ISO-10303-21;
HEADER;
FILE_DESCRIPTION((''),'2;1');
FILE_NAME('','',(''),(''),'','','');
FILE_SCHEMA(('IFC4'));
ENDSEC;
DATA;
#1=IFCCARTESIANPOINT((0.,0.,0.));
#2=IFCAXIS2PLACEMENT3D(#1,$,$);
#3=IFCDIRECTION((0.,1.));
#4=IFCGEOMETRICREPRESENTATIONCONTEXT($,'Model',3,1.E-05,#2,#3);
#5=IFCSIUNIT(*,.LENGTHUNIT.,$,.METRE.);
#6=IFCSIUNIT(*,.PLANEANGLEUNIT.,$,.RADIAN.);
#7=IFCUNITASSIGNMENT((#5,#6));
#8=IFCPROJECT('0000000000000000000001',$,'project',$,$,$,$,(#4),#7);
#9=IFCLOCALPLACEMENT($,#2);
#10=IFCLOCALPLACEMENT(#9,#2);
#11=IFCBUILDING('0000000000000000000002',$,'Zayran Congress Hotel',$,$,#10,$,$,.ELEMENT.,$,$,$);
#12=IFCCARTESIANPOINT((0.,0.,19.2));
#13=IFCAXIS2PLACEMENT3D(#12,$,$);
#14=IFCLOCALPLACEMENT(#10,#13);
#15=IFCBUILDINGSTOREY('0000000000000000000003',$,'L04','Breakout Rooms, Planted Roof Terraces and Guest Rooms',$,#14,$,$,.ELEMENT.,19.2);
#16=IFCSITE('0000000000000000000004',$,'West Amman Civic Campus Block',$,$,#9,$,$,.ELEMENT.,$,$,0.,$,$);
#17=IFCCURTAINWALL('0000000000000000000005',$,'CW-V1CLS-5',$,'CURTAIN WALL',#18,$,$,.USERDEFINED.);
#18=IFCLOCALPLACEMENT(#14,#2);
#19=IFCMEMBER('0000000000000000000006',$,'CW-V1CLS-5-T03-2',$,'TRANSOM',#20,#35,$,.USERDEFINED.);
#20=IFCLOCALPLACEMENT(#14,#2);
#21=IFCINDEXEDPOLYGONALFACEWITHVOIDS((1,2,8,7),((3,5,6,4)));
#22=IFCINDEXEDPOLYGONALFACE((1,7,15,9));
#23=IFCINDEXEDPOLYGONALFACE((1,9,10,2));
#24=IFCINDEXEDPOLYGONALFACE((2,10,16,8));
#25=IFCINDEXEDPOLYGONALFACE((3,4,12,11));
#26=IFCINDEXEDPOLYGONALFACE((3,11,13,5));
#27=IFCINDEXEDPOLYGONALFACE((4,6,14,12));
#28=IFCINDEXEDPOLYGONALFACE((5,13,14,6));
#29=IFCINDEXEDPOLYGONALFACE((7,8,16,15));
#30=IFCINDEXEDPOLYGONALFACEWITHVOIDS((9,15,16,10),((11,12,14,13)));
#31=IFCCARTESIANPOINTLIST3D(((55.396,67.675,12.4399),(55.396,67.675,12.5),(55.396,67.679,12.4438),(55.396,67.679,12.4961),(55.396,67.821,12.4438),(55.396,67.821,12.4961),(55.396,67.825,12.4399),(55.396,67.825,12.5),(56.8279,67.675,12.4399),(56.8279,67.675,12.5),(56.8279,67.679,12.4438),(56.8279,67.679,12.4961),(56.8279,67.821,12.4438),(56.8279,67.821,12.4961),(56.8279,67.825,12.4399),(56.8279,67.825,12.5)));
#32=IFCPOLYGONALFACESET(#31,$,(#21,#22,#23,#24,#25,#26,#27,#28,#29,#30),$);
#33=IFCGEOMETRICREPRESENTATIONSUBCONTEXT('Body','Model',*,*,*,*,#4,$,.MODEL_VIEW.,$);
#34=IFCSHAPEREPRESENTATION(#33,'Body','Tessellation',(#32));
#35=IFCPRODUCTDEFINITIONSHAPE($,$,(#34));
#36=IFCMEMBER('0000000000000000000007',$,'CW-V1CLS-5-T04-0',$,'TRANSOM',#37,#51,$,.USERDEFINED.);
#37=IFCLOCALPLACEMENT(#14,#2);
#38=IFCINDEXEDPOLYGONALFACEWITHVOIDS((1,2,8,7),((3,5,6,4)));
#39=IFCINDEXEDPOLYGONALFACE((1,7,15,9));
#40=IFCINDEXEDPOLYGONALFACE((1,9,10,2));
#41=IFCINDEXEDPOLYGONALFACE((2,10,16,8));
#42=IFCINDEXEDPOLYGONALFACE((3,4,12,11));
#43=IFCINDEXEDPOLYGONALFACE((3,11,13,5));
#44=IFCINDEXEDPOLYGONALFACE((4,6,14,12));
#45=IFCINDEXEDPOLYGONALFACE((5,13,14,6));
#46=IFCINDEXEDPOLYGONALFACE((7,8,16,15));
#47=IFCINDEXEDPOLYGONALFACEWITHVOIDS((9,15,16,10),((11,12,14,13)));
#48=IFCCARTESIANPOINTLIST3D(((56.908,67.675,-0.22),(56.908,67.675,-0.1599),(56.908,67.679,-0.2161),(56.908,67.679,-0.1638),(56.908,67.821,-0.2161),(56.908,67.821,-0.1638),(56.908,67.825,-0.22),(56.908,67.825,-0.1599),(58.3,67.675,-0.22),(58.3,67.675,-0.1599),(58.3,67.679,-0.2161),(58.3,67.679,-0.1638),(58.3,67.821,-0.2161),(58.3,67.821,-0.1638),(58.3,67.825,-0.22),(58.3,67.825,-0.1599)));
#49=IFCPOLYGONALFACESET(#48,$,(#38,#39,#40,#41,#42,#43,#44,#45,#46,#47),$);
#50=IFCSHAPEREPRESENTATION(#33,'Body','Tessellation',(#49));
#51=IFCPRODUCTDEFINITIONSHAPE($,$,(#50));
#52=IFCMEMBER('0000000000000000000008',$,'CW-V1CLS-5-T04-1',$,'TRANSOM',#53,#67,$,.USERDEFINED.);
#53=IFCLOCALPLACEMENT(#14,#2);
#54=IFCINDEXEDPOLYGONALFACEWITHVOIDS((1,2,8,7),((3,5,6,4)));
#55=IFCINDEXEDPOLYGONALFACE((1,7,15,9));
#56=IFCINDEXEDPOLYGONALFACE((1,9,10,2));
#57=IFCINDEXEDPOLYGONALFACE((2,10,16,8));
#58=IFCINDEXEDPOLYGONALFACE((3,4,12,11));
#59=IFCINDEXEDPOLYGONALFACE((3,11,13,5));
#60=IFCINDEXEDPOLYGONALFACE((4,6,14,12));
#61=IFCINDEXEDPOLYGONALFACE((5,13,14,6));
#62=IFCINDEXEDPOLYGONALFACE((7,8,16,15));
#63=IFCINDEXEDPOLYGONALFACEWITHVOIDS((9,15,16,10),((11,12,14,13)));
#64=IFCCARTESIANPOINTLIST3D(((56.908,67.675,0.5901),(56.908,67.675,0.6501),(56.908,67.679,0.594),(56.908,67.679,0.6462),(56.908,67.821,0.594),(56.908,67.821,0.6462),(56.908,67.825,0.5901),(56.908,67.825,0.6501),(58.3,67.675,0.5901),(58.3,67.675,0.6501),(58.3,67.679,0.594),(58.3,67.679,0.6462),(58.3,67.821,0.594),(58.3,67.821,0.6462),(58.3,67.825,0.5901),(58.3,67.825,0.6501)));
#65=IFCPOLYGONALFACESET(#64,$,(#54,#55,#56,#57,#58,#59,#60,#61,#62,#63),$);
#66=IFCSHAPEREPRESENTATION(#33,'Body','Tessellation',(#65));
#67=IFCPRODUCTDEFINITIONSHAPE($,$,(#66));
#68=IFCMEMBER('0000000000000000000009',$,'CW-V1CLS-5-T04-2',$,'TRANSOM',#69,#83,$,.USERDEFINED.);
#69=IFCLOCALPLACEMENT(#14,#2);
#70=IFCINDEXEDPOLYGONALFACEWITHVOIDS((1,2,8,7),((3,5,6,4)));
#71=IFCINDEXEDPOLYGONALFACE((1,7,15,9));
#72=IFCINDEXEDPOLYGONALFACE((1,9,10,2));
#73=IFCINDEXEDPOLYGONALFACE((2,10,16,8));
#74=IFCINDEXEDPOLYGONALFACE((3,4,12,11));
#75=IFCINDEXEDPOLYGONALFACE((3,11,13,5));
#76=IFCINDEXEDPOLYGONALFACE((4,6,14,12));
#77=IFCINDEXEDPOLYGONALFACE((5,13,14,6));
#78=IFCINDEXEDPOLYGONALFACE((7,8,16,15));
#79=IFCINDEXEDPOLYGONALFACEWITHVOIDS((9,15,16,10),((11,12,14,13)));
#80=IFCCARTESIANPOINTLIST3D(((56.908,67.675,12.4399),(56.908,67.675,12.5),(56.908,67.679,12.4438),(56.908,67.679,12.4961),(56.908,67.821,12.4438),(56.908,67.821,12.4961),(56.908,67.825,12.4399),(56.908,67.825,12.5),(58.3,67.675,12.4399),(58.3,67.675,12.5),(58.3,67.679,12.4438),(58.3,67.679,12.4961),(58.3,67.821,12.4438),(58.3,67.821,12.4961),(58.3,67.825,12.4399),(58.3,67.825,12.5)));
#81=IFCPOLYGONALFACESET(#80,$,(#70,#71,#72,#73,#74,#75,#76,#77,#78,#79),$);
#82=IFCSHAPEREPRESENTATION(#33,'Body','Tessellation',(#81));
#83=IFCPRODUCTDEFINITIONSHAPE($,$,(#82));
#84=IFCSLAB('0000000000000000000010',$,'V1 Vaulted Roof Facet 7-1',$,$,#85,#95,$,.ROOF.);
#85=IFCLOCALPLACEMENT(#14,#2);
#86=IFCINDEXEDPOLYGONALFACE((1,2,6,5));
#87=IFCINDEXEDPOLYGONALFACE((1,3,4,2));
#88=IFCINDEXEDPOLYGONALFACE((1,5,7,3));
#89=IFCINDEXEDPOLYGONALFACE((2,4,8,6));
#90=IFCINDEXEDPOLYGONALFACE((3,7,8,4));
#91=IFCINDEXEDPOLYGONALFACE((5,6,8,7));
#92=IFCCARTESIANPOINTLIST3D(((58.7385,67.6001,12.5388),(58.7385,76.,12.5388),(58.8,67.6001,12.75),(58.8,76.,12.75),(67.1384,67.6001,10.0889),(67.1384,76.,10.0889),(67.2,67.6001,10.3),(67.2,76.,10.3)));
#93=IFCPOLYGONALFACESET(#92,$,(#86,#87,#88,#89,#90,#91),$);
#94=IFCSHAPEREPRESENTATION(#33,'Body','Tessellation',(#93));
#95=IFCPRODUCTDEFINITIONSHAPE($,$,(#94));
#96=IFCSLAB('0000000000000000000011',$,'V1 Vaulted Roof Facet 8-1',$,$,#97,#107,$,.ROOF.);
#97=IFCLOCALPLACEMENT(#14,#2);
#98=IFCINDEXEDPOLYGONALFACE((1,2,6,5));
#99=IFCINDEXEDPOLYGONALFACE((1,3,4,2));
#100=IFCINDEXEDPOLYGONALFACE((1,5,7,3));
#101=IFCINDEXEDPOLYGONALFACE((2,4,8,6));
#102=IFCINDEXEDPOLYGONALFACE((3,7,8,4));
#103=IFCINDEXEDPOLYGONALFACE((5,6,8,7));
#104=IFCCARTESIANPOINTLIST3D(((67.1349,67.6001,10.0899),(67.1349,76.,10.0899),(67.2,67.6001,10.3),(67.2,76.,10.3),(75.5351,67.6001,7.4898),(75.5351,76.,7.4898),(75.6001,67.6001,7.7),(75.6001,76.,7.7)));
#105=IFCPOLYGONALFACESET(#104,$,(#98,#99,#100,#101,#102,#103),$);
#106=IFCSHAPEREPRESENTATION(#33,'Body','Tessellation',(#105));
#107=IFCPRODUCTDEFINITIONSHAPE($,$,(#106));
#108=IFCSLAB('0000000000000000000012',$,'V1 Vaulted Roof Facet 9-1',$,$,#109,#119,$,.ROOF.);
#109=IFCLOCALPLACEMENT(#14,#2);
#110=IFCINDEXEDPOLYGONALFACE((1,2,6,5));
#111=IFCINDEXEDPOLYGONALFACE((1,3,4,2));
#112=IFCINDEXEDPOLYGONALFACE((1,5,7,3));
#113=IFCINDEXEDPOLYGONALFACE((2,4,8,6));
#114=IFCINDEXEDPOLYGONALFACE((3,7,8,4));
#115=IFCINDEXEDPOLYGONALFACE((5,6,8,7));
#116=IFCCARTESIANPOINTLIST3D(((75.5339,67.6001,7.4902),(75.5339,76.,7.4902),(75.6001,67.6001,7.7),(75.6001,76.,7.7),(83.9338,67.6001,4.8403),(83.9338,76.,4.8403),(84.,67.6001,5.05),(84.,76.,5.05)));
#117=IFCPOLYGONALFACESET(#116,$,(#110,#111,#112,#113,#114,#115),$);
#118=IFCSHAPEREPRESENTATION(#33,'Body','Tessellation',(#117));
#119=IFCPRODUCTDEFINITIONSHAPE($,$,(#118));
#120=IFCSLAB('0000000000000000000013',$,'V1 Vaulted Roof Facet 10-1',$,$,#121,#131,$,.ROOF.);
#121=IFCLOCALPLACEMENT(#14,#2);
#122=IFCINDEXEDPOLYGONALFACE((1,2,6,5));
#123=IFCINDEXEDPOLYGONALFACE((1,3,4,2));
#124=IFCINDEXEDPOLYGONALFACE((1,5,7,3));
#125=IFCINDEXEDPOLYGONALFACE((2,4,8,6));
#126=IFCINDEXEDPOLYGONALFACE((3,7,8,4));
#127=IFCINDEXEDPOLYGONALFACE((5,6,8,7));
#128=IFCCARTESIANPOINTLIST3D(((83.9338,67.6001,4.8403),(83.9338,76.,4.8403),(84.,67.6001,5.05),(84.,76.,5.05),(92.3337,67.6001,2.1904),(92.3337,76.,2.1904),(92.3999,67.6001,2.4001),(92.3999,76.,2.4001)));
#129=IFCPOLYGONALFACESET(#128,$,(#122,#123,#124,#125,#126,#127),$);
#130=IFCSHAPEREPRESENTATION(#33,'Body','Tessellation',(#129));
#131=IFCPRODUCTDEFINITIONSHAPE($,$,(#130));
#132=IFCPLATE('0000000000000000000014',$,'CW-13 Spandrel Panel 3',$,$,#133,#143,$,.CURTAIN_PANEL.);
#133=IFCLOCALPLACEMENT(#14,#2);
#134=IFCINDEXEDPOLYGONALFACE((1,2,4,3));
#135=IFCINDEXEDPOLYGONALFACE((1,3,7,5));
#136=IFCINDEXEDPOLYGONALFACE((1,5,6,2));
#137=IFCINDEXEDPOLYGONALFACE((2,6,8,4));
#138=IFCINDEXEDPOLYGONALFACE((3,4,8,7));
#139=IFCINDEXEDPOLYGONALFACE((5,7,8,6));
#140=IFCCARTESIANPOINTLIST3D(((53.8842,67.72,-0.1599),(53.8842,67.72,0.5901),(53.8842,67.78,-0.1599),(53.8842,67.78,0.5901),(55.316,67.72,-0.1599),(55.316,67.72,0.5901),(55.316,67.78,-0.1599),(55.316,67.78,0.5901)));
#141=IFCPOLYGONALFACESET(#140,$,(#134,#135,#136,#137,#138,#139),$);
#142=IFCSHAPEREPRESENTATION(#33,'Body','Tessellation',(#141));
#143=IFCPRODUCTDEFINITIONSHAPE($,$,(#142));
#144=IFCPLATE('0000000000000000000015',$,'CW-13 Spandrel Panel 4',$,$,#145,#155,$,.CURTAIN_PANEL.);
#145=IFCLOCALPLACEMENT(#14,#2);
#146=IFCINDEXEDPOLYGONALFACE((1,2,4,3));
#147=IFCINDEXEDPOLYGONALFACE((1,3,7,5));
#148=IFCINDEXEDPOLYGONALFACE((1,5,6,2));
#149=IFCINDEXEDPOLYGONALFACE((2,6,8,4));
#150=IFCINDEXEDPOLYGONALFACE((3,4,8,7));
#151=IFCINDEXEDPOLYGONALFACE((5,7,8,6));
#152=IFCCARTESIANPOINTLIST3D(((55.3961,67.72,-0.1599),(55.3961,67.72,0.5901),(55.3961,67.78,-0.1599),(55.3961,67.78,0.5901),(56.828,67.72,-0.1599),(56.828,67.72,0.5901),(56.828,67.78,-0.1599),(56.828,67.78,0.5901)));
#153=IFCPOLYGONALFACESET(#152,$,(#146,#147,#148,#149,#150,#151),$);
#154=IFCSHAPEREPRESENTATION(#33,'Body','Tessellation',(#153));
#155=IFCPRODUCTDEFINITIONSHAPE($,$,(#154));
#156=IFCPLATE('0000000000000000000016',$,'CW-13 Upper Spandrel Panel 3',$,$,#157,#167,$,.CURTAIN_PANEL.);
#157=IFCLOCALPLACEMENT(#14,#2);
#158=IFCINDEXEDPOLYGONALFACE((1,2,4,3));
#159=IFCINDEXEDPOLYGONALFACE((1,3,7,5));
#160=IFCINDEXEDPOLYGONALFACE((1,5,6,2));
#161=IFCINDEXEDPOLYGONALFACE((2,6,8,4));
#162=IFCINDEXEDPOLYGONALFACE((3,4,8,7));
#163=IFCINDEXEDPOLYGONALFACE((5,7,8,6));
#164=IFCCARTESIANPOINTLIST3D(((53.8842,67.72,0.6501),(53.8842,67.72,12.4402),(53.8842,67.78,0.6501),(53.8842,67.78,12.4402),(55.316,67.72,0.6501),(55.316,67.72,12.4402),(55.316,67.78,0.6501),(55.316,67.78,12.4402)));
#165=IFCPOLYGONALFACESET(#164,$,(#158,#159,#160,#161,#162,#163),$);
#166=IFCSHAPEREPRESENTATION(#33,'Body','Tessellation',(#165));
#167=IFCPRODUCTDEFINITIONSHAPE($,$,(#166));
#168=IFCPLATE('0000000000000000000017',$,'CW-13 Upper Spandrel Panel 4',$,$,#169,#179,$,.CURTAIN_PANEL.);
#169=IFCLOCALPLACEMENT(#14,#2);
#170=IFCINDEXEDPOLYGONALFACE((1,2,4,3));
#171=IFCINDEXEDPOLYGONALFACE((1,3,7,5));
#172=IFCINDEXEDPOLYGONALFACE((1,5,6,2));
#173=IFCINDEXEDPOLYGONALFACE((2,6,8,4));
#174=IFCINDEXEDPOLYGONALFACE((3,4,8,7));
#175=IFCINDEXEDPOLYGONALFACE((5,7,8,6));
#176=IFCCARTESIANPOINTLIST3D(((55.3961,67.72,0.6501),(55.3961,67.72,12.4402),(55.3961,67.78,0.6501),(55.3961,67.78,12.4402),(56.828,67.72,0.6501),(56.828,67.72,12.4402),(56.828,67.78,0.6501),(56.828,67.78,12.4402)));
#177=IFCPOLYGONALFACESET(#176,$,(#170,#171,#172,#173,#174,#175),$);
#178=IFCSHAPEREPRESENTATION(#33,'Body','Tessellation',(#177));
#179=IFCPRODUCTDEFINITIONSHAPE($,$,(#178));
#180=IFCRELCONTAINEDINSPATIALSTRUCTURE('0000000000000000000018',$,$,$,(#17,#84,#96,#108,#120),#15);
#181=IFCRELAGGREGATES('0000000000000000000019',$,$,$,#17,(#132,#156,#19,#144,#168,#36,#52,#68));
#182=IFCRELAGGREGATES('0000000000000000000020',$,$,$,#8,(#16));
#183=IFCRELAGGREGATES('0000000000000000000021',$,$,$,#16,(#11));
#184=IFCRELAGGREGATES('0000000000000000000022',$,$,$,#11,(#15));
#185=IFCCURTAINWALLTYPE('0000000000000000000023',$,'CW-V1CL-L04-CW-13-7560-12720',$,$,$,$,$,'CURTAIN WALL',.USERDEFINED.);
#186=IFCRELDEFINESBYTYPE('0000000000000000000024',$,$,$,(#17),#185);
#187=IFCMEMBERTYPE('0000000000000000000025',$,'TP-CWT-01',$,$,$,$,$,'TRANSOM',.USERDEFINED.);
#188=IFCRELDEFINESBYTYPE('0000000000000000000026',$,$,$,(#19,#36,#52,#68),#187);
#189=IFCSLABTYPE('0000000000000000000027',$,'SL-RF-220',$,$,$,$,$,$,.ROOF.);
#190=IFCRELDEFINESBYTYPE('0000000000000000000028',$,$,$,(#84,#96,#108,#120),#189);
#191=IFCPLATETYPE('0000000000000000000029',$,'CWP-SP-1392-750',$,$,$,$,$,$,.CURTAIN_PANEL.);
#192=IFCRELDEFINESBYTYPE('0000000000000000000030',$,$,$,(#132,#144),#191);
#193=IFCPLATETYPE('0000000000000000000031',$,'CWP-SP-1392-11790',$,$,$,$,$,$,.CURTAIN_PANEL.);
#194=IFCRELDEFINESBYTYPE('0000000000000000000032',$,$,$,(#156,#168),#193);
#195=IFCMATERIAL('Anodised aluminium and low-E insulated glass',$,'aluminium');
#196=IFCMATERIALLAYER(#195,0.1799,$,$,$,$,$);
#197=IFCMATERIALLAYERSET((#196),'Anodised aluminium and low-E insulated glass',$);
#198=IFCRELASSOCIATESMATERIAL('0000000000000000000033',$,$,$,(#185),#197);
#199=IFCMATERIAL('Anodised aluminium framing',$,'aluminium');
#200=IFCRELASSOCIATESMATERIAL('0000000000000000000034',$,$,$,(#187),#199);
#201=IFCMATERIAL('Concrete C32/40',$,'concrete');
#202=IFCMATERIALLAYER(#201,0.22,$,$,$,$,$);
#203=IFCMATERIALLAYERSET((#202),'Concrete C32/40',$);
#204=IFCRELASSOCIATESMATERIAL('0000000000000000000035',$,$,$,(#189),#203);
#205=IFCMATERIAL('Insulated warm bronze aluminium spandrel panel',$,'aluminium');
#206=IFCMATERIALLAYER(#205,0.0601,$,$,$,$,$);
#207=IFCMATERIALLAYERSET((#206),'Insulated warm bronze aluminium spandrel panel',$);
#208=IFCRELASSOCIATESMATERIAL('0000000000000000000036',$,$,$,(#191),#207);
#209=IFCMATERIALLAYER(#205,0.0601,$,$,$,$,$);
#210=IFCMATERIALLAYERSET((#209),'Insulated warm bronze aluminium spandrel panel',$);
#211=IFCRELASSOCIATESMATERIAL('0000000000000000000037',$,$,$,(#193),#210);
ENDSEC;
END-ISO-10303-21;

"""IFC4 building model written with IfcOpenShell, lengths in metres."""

from ifc_helpers import new_model, si_unit, direction, frame, origin, origin_2d, place, context, subcontext, project, spatial, polyline, rectangle, hollow_rectangle, outline, extrude, material, layer, layer_set, material_profile, profile_set, type_object, element, aggregate, save


model = new_model("IFC4")

# Units and contexts
model_context = context("Model", 3, precision=1e-05, world=origin(), true_north=direction((0.0, 1.0)))
body_context = subcontext(model_context, "Body", "Model", "MODEL_VIEW")
ifc_project = project(units=[si_unit("LENGTHUNIT", "METRE"), si_unit("PLANEANGLEUNIT", "RADIAN")], contexts=[model_context])

# Site, building, storey
site_placement = place(None, origin())
site = spatial("IfcSite", under=ifc_project, at=site_placement, Name="West Amman Civic Campus Block", CompositionType="ELEMENT", RefElevation=0.0)
building_placement = place(site_placement, origin())
building = spatial("IfcBuilding", under=site, at=building_placement, Name="Zayran Congress Hotel", CompositionType="ELEMENT")
storey_placement = place(building_placement, frame((0.0, 0.0, 19.2)))
storey = spatial("IfcBuildingStorey", under=building, at=storey_placement, Name="L04", Description="Breakout Rooms, Planted Roof Terraces and Guest Rooms", CompositionType="ELEMENT", Elevation=19.2)

# Curtain wall, members
ifc_material_1 = material(Name="Anodised aluminium and low-E insulated glass", Category="aluminium")
ifc_layer_1 = layer(ifc_material_1, 0.1799)
ifc_layer_set_1 = layer_set([ifc_layer_1], Name="Anodised aluminium and low-E insulated glass")
curtain_wall_type = type_object("IfcCurtainWallType", Name="CW-V1CL-L04-CW-13-7560-12720", ElementType="CURTAIN WALL", PredefinedType="USERDEFINED", material=ifc_layer_set_1)
curtain_wall_placement = place(storey_placement, origin())
curtain_wall = element("IfcCurtainWall", 1, at=curtain_wall_placement, inside=storey, type_object=curtain_wall_type, Name="CW-V1CLS-5", ObjectType="CURTAIN WALL", PredefinedType="USERDEFINED")
ifc_material_2 = material(Name="Anodised aluminium framing", Category="aluminium")
ifc_material_profile_1 = material_profile(ifc_material_2, hollow_rectangle(XDim=0.0601, YDim=0.1499, WallThickness=0.0039, at=origin_2d()), Name="RHS 150x60x4")
ifc_profile_set_1 = profile_set([ifc_material_profile_1], Name="Anodised aluminium framing")
member_type_1 = type_object("IfcMemberType", Name="TP-CWT-01", ElementType="TRANSOM", PredefinedType="USERDEFINED", material=ifc_profile_set_1)
member_1_placement = place(storey_placement, frame((55.396, 67.75, 12.47), z_axis=(1.0, 0.0, 0.0), x_axis=(0.0, 0.0, 1.0)))
member_1 = element("IfcMember", 2, at=member_1_placement, type_object=member_type_1, Name="CW-V1CLS-5-T03-2", ObjectType="TRANSOM", PredefinedType="USERDEFINED", context=body_context, shape_type="SweptSolid", body=[
    extrude(hollow_rectangle(XDim=0.0601, YDim=0.1499, WallThickness=0.0039, at=origin_2d()), origin(), (0.0, 0.0, 1.0), 1.4319),
])
member_2_placement = place(storey_placement, frame((56.908, 67.75, -0.1899), z_axis=(1.0, 0.0, 0.0), x_axis=(0.0, 0.0, 1.0)))
member_2 = element("IfcMember", 3, at=member_2_placement, type_object=member_type_1, Name="CW-V1CLS-5-T04-0", ObjectType="TRANSOM", PredefinedType="USERDEFINED", context=body_context, shape_type="SweptSolid", body=[
    extrude(hollow_rectangle(XDim=0.0601, YDim=0.1499, WallThickness=0.0039, at=origin_2d()), origin(), (0.0, 0.0, 1.0), 1.3921),
])
member_3_placement = place(storey_placement, frame((56.908, 67.75, 0.6201), z_axis=(1.0, 0.0, 0.0), x_axis=(0.0, 0.0, 1.0)))
member_3 = element("IfcMember", 4, at=member_3_placement, type_object=member_type_1, Name="CW-V1CLS-5-T04-1", ObjectType="TRANSOM", PredefinedType="USERDEFINED", context=body_context, shape_type="SweptSolid", body=[
    extrude(hollow_rectangle(XDim=0.0601, YDim=0.1499, WallThickness=0.0039, at=origin_2d()), origin(), (0.0, 0.0, 1.0), 1.3921),
])
member_4_placement = place(storey_placement, frame((56.908, 67.75, 12.47), z_axis=(1.0, 0.0, 0.0), x_axis=(0.0, 0.0, 1.0)))
member_4 = element("IfcMember", 5, at=member_4_placement, type_object=member_type_1, Name="CW-V1CLS-5-T04-2", ObjectType="TRANSOM", PredefinedType="USERDEFINED", context=body_context, shape_type="SweptSolid", body=[
    extrude(hollow_rectangle(XDim=0.0601, YDim=0.1499, WallThickness=0.0039, at=origin_2d()), origin(), (0.0, 0.0, 1.0), 1.3921),
])

# Slabs
ifc_material_3 = material(Name="Concrete C32/40", Category="concrete")
ifc_layer_2 = layer(ifc_material_3, 0.22)
ifc_layer_set_2 = layer_set([ifc_layer_2], Name="Concrete C32/40")
slab_type = type_object("IfcSlabType", Name="SL-RF-220", PredefinedType="ROOF", material=ifc_layer_set_2)
slab_1_placement = place(storey_placement, frame((58.8, 67.6001, 12.75), z_axis=(0.279998, 0.0, 0.960001), x_axis=(0.960001, 0.0, -0.279998)))
element("IfcSlab", 6, at=slab_1_placement, inside=storey, type_object=slab_type, Name="V1 Vaulted Roof Facet 7-1", PredefinedType="ROOF", context=body_context, shape_type="SweptSolid", body=[
    extrude(outline(polyline([(0.0, 0.0), (8.7499, 0.0), (8.7499, 8.3999), (0.0, 8.3999), (0.0, 0.0)])), origin(), (0.0, 0.0, -1.0), 0.22),
])
slab_2_placement = place(storey_placement, frame((67.2, 67.6001, 10.3), z_axis=(0.295689, 0.0, 0.955284), x_axis=(0.955284, 0.0, -0.295689)))
element("IfcSlab", 7, at=slab_2_placement, inside=storey, type_object=slab_type, Name="V1 Vaulted Roof Facet 8-1", PredefinedType="ROOF", context=body_context, shape_type="SweptSolid", body=[
    extrude(outline(polyline([(0.0, 0.0), (8.7933, 0.0), (8.7933, 8.3999), (0.0, 8.3999), (0.0, 0.0)])), origin(), (0.0, 0.0, -1.0), 0.22),
])
for number, where, z_axis, x_axis, name in (
    (8, (75.6001, 67.6001, 7.7), (0.300853, 0.0, 0.953671), (0.953671, 0.0, -0.300853), "V1 Vaulted Roof Facet 9-1"),
    (9, (84.0, 67.6001, 5.05), (0.300853, 0.0, 0.953671), (0.953671, 0.0, -0.300853), "V1 Vaulted Roof Facet 10-1"),
):
    element("IfcSlab", number, at=place(storey_placement, frame(where, z_axis=z_axis, x_axis=x_axis)), inside=storey, type_object=slab_type, Name=name, PredefinedType="ROOF", context=body_context, shape_type="SweptSolid", body=[
        extrude(outline(polyline([(0.0, 0.0), (8.808, 0.0), (8.808, 8.3999), (0.0, 8.3999), (0.0, 0.0)])), origin(), (0.0, 0.0, -1.0), 0.22),
    ])

# Plates
ifc_material_4 = material(Name="Insulated warm bronze aluminium spandrel panel", Category="aluminium")
ifc_layer_3 = layer(ifc_material_4, 0.0601)
ifc_layer_set_3 = layer_set([ifc_layer_3], Name="Insulated warm bronze aluminium spandrel panel")
plate_type_1 = type_object("IfcPlateType", Name="CWP-SP-1392-750", PredefinedType="CURTAIN_PANEL", material=ifc_layer_set_3)
plate_1_placement = place(storey_placement, frame((54.6001, 67.75, -0.1599), z_axis=(0.0, 0.0, 1.0), x_axis=(1.0, 0.0, 0.0)))
plate_1 = element("IfcPlate", 10, at=plate_1_placement, type_object=plate_type_1, Name="CW-13 Spandrel Panel 3", PredefinedType="CURTAIN_PANEL", context=body_context, shape_type="SweptSolid", body=[
    extrude(rectangle(XDim=1.4319, YDim=0.0601, at=origin_2d()), origin(), (0.0, 0.0, 1.0), 0.75),
])
plate_2_placement = place(storey_placement, frame((56.1121, 67.75, -0.1599), z_axis=(0.0, 0.0, 1.0), x_axis=(1.0, 0.0, 0.0)))
plate_2 = element("IfcPlate", 11, at=plate_2_placement, type_object=plate_type_1, Name="CW-13 Spandrel Panel 4", PredefinedType="CURTAIN_PANEL", context=body_context, shape_type="SweptSolid", body=[
    extrude(rectangle(XDim=1.4319, YDim=0.0601, at=origin_2d()), origin(), (0.0, 0.0, 1.0), 0.75),
])
ifc_layer_4 = layer(ifc_material_4, 0.0601)
ifc_layer_set_4 = layer_set([ifc_layer_4], Name="Insulated warm bronze aluminium spandrel panel")
plate_type_2 = type_object("IfcPlateType", Name="CWP-SP-1392-11790", PredefinedType="CURTAIN_PANEL", material=ifc_layer_set_4)
plate_3_placement = place(storey_placement, frame((54.6001, 67.75, 0.6501), z_axis=(0.0, 0.0, 1.0), x_axis=(1.0, 0.0, 0.0)))
plate_3 = element("IfcPlate", 12, at=plate_3_placement, type_object=plate_type_2, Name="CW-13 Upper Spandrel Panel 3", PredefinedType="CURTAIN_PANEL", context=body_context, shape_type="SweptSolid", body=[
    extrude(rectangle(XDim=1.4319, YDim=0.0601, at=origin_2d()), origin(), (0.0, 0.0, 1.0), 11.79),
])
plate_4_placement = place(storey_placement, frame((56.1121, 67.75, 0.6501), z_axis=(0.0, 0.0, 1.0), x_axis=(1.0, 0.0, 0.0)))
plate_4 = element("IfcPlate", 13, at=plate_4_placement, type_object=plate_type_2, Name="CW-13 Upper Spandrel Panel 4", PredefinedType="CURTAIN_PANEL", context=body_context, shape_type="SweptSolid", body=[
    extrude(rectangle(XDim=1.4319, YDim=0.0601, at=origin_2d()), origin(), (0.0, 0.0, 1.0), 11.79),
])
aggregate(curtain_wall, [plate_1, plate_3, member_1, plate_2, plate_4, member_2, member_3, member_4])

save(model, "model.ifc")
